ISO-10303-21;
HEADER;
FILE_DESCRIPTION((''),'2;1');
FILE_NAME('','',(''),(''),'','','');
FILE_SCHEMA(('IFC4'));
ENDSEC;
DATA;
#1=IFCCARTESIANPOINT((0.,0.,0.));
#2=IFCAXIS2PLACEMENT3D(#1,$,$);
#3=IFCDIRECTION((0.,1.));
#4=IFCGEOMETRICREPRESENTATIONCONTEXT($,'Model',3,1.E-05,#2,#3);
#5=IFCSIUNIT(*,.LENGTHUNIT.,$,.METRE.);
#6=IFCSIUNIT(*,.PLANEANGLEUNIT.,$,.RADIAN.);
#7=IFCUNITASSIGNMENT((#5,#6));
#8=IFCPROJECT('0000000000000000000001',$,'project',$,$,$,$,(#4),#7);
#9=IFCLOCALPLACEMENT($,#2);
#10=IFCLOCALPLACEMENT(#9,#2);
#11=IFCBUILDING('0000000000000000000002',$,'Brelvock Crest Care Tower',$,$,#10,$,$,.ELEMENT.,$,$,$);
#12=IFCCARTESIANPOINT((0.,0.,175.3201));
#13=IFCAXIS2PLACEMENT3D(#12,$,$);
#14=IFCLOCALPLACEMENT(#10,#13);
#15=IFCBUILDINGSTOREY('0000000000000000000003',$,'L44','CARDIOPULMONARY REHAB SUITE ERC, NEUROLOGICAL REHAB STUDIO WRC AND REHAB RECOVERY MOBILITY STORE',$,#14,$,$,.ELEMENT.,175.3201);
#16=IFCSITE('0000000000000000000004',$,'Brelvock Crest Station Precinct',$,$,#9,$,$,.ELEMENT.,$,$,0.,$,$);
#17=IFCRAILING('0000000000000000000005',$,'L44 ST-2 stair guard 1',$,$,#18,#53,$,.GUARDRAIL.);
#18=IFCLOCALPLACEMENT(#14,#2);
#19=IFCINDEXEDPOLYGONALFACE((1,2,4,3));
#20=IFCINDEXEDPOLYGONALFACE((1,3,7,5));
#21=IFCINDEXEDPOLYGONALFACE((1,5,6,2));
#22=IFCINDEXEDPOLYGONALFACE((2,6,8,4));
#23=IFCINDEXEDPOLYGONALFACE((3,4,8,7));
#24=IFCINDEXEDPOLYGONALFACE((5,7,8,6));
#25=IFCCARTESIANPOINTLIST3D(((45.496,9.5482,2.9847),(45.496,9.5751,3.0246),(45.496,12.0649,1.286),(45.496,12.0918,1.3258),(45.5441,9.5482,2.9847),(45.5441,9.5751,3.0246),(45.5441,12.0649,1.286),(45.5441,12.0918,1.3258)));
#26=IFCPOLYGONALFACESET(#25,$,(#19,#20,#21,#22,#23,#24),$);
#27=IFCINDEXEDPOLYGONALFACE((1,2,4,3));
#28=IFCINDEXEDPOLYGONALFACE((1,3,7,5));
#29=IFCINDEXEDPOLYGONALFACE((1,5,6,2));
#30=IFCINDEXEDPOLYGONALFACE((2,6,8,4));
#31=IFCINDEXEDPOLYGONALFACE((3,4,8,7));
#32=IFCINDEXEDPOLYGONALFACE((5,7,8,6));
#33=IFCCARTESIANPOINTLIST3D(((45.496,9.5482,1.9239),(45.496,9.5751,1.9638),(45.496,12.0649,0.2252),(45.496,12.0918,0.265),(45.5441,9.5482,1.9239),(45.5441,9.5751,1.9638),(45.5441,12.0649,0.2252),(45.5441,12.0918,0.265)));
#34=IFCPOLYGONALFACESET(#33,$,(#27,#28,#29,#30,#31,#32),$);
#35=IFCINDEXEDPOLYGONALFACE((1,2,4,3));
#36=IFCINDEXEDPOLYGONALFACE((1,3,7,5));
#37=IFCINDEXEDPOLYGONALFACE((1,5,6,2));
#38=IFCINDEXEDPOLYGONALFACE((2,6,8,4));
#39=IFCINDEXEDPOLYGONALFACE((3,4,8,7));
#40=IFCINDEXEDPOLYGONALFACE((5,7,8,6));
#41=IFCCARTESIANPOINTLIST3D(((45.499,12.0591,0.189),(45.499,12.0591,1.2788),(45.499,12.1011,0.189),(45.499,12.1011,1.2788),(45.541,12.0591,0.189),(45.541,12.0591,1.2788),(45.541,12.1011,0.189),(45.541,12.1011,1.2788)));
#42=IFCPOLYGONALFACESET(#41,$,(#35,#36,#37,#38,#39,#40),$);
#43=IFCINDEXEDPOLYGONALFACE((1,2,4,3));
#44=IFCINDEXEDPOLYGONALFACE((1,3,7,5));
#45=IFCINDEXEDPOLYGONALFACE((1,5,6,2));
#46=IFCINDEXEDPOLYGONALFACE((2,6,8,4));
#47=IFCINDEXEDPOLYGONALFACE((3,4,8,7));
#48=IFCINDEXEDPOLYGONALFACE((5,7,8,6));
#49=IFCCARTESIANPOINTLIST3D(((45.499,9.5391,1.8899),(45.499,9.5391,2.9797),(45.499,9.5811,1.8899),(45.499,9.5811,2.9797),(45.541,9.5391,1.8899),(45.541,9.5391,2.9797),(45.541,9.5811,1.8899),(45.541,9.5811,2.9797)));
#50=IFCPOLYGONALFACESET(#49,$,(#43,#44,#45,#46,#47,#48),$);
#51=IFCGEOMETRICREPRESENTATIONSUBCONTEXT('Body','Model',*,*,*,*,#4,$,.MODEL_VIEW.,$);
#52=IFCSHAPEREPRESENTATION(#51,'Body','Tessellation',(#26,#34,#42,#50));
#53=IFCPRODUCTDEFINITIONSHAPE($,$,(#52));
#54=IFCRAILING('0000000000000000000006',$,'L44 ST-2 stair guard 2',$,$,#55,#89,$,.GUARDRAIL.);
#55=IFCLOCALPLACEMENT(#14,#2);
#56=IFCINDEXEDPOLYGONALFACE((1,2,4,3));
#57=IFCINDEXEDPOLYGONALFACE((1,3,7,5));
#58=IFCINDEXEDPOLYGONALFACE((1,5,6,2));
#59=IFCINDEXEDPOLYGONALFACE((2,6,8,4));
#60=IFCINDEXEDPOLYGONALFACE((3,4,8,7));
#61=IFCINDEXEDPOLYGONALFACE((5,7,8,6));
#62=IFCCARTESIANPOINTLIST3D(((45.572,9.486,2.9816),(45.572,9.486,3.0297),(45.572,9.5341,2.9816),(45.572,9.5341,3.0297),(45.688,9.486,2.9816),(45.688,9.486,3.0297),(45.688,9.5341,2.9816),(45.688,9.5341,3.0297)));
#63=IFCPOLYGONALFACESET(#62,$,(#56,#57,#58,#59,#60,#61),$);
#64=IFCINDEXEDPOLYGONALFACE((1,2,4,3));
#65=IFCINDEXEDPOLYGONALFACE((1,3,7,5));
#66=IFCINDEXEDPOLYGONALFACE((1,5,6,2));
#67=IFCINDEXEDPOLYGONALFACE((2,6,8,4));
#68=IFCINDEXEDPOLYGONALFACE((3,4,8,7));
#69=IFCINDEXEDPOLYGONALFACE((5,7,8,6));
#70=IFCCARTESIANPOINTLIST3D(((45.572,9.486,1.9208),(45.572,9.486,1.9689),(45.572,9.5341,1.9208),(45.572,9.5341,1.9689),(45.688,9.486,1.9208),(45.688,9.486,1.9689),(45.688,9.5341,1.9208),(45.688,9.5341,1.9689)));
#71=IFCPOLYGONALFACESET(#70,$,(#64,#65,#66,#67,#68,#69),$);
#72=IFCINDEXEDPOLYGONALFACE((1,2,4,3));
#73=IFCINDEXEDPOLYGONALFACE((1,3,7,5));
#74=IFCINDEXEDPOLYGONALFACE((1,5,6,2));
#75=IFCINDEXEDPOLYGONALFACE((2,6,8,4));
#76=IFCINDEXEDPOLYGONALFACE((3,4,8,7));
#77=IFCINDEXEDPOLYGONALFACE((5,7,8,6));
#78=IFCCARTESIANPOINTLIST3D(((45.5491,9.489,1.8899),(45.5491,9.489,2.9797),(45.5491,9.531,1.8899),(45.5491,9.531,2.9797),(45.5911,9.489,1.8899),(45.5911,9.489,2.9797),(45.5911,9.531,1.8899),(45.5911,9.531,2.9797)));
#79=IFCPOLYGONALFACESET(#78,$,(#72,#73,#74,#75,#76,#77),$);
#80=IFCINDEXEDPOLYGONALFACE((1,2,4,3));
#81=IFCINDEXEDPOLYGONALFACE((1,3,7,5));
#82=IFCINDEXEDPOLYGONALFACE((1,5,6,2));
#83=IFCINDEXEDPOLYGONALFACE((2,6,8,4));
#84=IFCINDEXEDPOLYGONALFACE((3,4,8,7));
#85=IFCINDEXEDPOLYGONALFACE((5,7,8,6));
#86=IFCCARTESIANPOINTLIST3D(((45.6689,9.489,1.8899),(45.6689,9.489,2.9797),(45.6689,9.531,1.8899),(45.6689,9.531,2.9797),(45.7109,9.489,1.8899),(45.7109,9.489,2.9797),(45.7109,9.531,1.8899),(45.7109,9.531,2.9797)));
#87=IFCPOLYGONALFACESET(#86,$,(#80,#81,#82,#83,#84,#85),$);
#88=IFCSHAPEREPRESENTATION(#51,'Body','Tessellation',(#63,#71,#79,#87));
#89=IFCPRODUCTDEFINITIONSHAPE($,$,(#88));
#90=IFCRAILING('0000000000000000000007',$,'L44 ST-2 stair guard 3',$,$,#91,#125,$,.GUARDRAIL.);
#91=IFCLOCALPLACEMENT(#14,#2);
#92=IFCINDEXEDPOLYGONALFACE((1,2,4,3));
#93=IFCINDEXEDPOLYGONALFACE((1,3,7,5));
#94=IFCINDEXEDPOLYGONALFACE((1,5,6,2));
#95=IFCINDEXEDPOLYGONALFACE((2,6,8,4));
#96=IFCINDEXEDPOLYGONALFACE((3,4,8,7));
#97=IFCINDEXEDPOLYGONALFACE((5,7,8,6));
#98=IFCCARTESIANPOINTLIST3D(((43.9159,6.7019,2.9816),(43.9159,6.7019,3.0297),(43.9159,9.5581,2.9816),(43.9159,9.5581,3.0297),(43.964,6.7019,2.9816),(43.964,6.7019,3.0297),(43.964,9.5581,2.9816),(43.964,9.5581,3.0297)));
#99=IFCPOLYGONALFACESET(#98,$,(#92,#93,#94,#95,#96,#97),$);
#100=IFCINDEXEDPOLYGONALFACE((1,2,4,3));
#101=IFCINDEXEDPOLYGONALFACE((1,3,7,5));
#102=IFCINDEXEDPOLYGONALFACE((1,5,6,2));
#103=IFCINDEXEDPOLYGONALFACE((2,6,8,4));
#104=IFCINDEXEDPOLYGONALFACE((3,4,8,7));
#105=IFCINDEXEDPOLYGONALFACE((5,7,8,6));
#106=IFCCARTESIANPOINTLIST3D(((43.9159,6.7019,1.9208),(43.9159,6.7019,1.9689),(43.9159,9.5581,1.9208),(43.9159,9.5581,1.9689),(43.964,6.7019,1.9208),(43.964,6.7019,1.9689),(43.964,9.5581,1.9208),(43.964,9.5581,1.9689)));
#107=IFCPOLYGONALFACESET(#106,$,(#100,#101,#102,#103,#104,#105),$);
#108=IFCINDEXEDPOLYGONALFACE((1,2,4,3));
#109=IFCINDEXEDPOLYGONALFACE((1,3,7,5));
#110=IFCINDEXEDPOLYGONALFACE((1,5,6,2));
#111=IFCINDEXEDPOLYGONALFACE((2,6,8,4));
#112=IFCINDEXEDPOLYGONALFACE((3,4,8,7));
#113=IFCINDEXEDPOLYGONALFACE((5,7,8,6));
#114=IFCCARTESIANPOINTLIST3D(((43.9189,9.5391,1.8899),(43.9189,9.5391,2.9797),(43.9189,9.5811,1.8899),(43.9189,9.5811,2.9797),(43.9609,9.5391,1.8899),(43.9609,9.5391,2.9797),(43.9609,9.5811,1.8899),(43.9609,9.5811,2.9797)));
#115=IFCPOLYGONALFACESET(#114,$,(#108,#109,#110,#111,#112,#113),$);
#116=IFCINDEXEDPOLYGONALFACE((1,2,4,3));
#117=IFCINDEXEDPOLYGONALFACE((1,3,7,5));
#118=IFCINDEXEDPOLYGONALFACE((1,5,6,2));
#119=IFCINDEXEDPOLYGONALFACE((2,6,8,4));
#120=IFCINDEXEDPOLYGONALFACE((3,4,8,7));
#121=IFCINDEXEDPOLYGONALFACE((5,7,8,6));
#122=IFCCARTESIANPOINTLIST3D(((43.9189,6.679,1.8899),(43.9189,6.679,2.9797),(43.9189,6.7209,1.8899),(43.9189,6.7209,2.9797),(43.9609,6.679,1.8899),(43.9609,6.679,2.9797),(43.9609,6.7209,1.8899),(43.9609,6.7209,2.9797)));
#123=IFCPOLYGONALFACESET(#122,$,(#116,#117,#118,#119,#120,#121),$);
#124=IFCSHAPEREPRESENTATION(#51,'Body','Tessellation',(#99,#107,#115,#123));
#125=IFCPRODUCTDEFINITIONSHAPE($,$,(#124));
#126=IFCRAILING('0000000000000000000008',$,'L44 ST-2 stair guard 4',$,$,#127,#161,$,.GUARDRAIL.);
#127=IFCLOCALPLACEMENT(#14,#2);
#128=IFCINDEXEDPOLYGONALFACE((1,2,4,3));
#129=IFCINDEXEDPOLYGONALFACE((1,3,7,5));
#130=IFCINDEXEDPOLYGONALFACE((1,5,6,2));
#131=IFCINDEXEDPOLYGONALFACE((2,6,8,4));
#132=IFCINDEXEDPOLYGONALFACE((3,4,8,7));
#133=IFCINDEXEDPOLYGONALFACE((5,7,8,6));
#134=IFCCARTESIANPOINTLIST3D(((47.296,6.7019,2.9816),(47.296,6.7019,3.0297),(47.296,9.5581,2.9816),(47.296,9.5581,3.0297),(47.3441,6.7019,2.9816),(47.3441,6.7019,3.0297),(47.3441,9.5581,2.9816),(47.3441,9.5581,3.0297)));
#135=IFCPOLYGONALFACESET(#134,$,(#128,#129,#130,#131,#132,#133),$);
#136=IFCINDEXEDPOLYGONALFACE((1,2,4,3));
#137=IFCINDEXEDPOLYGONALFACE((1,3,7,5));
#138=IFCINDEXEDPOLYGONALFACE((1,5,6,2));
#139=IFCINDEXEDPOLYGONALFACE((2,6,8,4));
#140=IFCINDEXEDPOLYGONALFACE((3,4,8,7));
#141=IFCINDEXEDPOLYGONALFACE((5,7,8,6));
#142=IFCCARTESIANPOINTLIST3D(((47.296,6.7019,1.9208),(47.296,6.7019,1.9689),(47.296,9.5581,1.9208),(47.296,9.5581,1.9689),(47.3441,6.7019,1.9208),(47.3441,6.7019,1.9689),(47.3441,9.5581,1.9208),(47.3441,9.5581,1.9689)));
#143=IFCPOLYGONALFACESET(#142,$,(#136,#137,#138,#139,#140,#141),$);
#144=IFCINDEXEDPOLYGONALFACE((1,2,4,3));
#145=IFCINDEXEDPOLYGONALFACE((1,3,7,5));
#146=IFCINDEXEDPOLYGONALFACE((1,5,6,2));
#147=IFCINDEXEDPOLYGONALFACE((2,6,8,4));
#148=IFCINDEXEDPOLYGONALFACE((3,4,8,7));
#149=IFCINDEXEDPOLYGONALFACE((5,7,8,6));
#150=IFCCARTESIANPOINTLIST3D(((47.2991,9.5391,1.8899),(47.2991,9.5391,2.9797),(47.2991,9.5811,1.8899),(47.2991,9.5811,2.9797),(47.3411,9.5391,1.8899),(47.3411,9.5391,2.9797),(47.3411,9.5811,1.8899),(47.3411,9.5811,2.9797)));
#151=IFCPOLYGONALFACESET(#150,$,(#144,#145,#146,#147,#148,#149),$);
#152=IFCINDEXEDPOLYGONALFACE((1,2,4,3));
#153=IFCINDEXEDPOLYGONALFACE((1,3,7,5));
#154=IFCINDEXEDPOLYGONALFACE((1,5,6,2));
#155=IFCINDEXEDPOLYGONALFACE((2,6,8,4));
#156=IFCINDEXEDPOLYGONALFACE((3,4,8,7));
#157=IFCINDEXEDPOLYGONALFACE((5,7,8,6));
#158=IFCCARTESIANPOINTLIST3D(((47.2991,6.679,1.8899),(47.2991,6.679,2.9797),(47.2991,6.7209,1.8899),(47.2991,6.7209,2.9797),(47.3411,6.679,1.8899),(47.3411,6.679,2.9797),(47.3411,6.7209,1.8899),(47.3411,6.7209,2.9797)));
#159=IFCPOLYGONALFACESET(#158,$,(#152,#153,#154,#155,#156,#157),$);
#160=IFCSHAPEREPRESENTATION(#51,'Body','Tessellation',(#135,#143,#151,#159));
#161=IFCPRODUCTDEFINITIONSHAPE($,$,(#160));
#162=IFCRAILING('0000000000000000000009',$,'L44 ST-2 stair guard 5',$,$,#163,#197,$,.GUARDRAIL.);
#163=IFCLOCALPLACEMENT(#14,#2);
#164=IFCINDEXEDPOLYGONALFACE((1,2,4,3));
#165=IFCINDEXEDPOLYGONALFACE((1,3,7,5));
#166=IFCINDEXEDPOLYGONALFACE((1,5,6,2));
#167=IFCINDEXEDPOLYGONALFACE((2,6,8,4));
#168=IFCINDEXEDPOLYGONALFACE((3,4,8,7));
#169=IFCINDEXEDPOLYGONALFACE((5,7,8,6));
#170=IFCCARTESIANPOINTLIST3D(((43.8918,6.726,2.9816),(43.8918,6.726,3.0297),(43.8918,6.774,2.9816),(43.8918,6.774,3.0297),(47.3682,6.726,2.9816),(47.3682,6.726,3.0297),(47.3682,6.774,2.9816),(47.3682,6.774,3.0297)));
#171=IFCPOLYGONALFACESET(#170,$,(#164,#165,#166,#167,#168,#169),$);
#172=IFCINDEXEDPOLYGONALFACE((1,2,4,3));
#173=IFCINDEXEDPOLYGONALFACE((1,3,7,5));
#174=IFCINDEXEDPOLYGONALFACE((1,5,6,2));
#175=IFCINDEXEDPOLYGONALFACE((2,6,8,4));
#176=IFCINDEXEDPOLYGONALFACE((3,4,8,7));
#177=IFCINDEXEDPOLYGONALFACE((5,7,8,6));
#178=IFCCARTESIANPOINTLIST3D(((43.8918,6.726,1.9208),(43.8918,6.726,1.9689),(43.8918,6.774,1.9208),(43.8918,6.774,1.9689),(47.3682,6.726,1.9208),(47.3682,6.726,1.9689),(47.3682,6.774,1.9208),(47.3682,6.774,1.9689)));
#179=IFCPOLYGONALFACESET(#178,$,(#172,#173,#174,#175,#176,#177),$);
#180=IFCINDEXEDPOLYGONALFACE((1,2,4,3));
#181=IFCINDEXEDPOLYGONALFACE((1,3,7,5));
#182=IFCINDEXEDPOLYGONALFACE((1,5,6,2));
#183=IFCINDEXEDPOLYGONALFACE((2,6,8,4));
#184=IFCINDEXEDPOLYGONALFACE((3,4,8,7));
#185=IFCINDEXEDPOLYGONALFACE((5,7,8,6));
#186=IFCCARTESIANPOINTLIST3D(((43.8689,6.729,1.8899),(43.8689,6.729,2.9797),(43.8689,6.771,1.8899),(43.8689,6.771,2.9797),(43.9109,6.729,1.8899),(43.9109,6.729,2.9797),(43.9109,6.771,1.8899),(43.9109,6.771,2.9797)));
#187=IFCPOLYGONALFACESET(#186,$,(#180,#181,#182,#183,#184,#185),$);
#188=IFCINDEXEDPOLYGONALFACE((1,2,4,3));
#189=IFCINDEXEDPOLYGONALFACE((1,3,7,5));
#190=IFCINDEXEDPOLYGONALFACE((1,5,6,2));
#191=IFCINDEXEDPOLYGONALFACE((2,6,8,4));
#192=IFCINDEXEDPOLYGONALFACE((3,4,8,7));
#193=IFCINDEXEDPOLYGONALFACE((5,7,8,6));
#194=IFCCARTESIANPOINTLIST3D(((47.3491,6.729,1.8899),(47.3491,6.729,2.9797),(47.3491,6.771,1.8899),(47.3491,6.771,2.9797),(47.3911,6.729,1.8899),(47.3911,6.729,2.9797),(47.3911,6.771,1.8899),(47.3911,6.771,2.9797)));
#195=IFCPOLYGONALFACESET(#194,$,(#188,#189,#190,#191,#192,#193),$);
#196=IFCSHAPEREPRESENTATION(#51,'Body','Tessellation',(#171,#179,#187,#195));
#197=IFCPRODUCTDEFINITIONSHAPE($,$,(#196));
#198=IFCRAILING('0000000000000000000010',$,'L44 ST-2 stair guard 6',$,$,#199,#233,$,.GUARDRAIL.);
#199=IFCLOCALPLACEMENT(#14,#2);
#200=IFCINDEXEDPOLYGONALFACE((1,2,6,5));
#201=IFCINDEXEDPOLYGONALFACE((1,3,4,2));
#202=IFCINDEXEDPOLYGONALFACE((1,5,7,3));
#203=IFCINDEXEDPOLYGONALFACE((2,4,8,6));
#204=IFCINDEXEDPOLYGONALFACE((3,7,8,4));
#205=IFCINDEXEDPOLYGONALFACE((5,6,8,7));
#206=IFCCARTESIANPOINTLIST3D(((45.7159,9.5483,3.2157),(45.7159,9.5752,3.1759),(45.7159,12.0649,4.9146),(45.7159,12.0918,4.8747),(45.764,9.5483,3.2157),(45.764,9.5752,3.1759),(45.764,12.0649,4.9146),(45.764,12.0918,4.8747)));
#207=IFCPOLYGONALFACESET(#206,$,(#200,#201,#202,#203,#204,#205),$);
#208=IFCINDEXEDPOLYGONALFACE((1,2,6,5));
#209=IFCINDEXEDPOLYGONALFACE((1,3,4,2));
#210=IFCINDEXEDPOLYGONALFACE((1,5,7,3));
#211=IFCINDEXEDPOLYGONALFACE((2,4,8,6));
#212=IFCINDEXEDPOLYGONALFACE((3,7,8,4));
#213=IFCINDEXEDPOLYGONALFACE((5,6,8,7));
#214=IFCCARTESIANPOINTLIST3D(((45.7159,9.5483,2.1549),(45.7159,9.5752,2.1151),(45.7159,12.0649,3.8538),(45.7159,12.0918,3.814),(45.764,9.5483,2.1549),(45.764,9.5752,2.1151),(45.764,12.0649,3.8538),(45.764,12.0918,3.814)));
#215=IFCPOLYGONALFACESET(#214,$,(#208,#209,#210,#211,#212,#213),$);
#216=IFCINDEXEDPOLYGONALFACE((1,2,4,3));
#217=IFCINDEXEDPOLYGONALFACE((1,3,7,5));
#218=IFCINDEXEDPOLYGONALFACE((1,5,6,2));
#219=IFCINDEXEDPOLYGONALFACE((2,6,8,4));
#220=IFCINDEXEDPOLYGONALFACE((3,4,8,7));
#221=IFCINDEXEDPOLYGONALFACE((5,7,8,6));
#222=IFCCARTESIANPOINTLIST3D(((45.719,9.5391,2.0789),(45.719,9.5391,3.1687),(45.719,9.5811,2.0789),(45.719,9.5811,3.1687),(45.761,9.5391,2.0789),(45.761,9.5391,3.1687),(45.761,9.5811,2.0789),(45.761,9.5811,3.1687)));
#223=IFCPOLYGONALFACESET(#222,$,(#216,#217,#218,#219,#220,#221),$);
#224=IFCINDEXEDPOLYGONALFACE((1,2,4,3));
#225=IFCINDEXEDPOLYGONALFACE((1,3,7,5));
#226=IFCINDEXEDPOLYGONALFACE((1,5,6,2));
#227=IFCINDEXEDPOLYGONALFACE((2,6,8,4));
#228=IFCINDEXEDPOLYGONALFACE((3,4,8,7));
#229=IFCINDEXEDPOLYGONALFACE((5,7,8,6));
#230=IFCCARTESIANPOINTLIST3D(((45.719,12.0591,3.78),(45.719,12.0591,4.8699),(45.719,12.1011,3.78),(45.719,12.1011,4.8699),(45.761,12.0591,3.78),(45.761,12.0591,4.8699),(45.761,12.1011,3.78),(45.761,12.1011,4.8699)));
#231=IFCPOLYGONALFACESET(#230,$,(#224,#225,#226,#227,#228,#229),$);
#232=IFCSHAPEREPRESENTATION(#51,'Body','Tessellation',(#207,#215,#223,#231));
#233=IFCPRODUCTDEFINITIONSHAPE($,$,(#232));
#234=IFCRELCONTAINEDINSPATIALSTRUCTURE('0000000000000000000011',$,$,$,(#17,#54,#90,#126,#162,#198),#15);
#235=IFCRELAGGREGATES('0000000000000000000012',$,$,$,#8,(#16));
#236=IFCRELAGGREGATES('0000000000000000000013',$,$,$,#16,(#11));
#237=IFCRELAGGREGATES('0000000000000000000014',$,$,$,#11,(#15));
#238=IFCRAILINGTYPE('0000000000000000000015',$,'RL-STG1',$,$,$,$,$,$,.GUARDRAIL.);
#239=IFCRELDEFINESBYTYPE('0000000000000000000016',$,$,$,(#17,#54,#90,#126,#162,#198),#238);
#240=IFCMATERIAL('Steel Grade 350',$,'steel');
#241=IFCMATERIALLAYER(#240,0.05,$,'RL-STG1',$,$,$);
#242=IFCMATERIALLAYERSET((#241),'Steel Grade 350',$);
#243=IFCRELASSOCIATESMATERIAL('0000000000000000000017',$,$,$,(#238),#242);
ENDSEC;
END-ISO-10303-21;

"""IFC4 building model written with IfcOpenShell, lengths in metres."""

from ifc_helpers import new_model, si_unit, direction, frame, origin, origin_2d, place, context, subcontext, project, spatial, rectangle, extrude, material, layer, layer_set, type_object, element, save


model = new_model("IFC4")

# Units and contexts
model_context = context("Model", 3, precision=1e-05, world=origin(), true_north=direction((0.0, 1.0)))
body_context = subcontext(model_context, "Body", "Model", "MODEL_VIEW")
ifc_project = project(units=[si_unit("LENGTHUNIT", "METRE"), si_unit("PLANEANGLEUNIT", "RADIAN")], contexts=[model_context])

# Site, building, storey
site_placement = place(None, origin())
site = spatial("IfcSite", under=ifc_project, at=site_placement, Name="Brelvock Crest Station Precinct", CompositionType="ELEMENT", RefElevation=0.0)
building_placement = place(site_placement, origin())
building = spatial("IfcBuilding", under=site, at=building_placement, Name="Brelvock Crest Care Tower", CompositionType="ELEMENT")
storey_placement = place(building_placement, frame((0.0, 0.0, 175.3201)))
storey = spatial("IfcBuildingStorey", under=building, at=storey_placement, Name="L44", Description="CARDIOPULMONARY REHAB SUITE ERC, NEUROLOGICAL REHAB STUDIO WRC AND REHAB RECOVERY MOBILITY STORE", CompositionType="ELEMENT", Elevation=175.3201)

# Shared definitions
ifc_material_1 = material(Name="Steel Grade 350", Category="steel")

# Railings
ifc_layer_1 = layer(ifc_material_1, 0.05, Name="RL-STG1")
ifc_layer_set_1 = layer_set([ifc_layer_1], Name="Steel Grade 350")
railing_type_1 = type_object("IfcRailingType", Name="RL-STG1", PredefinedType="GUARDRAIL", material=ifc_layer_set_1)
railing_1_placement = place(storey_placement, frame((45.52, 12.0801, 0.189)))
element("IfcRailing", 1, at=railing_1_placement, inside=storey, type_object=railing_type_1, Name="L44 ST-2 stair guard 1", PredefinedType="GUARDRAIL", context=body_context, shape_type="SweptSolid", body=[
    extrude(rectangle(XDim=0.0481, YDim=0.0481, at=origin_2d()), frame((0.0, -0.0017, 1.1169), z_axis=(0.0, -0.828862, 0.559454), x_axis=(1.0, 0.0, 0.0)), (0.0, 0.0, 1.0), 3.0364),
    extrude(rectangle(XDim=0.0481, YDim=0.0481, at=origin_2d()), frame((0.0, -0.0017, 0.0562), z_axis=(0.0, -0.828862, 0.559454), x_axis=(1.0, 0.0, 0.0)), (0.0, 0.0, 1.0), 3.0364),
    extrude(rectangle(XDim=0.042, YDim=0.042, at=origin_2d()), origin(), (0.0, 0.0, 1.0), 1.0898),
    extrude(rectangle(XDim=0.042, YDim=0.042, at=origin_2d()), frame((0.0, -2.52, 1.7009)), (0.0, 0.0, 1.0), 1.0898),
])
railing_2_placement = place(storey_placement, frame((45.5701, 9.51, 1.8899)))
element("IfcRailing", 2, at=railing_2_placement, inside=storey, type_object=railing_type_1, Name="L44 ST-2 stair guard 2", PredefinedType="GUARDRAIL", context=body_context, shape_type="SweptSolid", body=[
    extrude(rectangle(XDim=0.0481, YDim=0.0481, at=origin_2d()), frame((0.002, 0.0, 1.1157), z_axis=(1.0, 0.0, 0.0), x_axis=(0.0, 1.0, 0.0)), (0.0, 0.0, 1.0), 0.116),
    extrude(rectangle(XDim=0.0481, YDim=0.0481, at=origin_2d()), frame((0.002, 0.0, 0.0549), z_axis=(1.0, 0.0, 0.0), x_axis=(0.0, 1.0, 0.0)), (0.0, 0.0, 1.0), 0.116),
    extrude(rectangle(XDim=0.042, YDim=0.042, at=origin_2d()), origin(), (0.0, 0.0, 1.0), 1.0898),
    extrude(rectangle(XDim=0.042, YDim=0.042, at=origin_2d()), frame((0.1199, 0.0, 0.0)), (0.0, 0.0, 1.0), 1.0898),
])
for number, where, name in (
    (3, (43.9399, 9.5601, 1.8899), "L44 ST-2 stair guard 3"),
    (4, (47.3201, 9.5601, 1.8899), "L44 ST-2 stair guard 4"),
):
    element("IfcRailing", number, at=place(storey_placement, frame(where)), inside=storey, type_object=railing_type_1, Name=name, PredefinedType="GUARDRAIL", context=body_context, shape_type="SweptSolid", body=[
        extrude(rectangle(XDim=0.0481, YDim=0.0481, at=origin_2d()), frame((0.0, -0.002, 1.1157), z_axis=(0.0, -1.0, 0.0), x_axis=(1.0, 0.0, 0.0)), (0.0, 0.0, 1.0), 2.8562),
        extrude(rectangle(XDim=0.0481, YDim=0.0481, at=origin_2d()), frame((0.0, -0.002, 0.0549), z_axis=(0.0, -1.0, 0.0), x_axis=(1.0, 0.0, 0.0)), (0.0, 0.0, 1.0), 2.8562),
        extrude(rectangle(XDim=0.042, YDim=0.042, at=origin_2d()), origin(), (0.0, 0.0, 1.0), 1.0898),
        extrude(rectangle(XDim=0.042, YDim=0.042, at=origin_2d()), frame((0.0, -2.8601, 0.0)), (0.0, 0.0, 1.0), 1.0898),
    ])
railing_3_placement = place(storey_placement, frame((43.8899, 6.75, 1.8899)))
element("IfcRailing", 5, at=railing_3_placement, inside=storey, type_object=railing_type_1, Name="L44 ST-2 stair guard 5", PredefinedType="GUARDRAIL", context=body_context, shape_type="SweptSolid", body=[
    extrude(rectangle(XDim=0.0481, YDim=0.0481, at=origin_2d()), frame((0.002, 0.0, 1.1157), z_axis=(1.0, 0.0, 0.0), x_axis=(0.0, 1.0, 0.0)), (0.0, 0.0, 1.0), 3.4763),
    extrude(rectangle(XDim=0.0481, YDim=0.0481, at=origin_2d()), frame((0.002, 0.0, 0.0549), z_axis=(1.0, 0.0, 0.0), x_axis=(0.0, 1.0, 0.0)), (0.0, 0.0, 1.0), 3.4763),
    extrude(rectangle(XDim=0.042, YDim=0.042, at=origin_2d()), origin(), (0.0, 0.0, 1.0), 1.0898),
    extrude(rectangle(XDim=0.042, YDim=0.042, at=origin_2d()), frame((3.4802, 0.0, 0.0)), (0.0, 0.0, 1.0), 1.0898),
])
railing_4_placement = place(storey_placement, frame((45.74, 9.5601, 2.0789)))
element("IfcRailing", 6, at=railing_4_placement, inside=storey, type_object=railing_type_1, Name="L44 ST-2 stair guard 6", PredefinedType="GUARDRAIL", context=body_context, shape_type="SweptSolid", body=[
    extrude(rectangle(XDim=0.0481, YDim=0.0481, at=origin_2d()), frame((0.0, 0.0017, 1.1169), z_axis=(0.0, 0.828824, 0.559509), x_axis=(-1.0, 0.0, 0.0)), (0.0, 0.0, 1.0), 3.0364),
    extrude(rectangle(XDim=0.0481, YDim=0.0481, at=origin_2d()), frame((0.0, 0.0017, 0.0562), z_axis=(0.0, 0.828824, 0.559509), x_axis=(-1.0, 0.0, 0.0)), (0.0, 0.0, 1.0), 3.0364),
    extrude(rectangle(XDim=0.042, YDim=0.042, at=origin_2d()), origin(), (0.0, 0.0, 1.0), 1.0898),
    extrude(rectangle(XDim=0.042, YDim=0.042, at=origin_2d()), frame((0.0, 2.52, 1.7012)), (0.0, 0.0, 1.0), 1.0898),
])

save(model, "model.ifc")
